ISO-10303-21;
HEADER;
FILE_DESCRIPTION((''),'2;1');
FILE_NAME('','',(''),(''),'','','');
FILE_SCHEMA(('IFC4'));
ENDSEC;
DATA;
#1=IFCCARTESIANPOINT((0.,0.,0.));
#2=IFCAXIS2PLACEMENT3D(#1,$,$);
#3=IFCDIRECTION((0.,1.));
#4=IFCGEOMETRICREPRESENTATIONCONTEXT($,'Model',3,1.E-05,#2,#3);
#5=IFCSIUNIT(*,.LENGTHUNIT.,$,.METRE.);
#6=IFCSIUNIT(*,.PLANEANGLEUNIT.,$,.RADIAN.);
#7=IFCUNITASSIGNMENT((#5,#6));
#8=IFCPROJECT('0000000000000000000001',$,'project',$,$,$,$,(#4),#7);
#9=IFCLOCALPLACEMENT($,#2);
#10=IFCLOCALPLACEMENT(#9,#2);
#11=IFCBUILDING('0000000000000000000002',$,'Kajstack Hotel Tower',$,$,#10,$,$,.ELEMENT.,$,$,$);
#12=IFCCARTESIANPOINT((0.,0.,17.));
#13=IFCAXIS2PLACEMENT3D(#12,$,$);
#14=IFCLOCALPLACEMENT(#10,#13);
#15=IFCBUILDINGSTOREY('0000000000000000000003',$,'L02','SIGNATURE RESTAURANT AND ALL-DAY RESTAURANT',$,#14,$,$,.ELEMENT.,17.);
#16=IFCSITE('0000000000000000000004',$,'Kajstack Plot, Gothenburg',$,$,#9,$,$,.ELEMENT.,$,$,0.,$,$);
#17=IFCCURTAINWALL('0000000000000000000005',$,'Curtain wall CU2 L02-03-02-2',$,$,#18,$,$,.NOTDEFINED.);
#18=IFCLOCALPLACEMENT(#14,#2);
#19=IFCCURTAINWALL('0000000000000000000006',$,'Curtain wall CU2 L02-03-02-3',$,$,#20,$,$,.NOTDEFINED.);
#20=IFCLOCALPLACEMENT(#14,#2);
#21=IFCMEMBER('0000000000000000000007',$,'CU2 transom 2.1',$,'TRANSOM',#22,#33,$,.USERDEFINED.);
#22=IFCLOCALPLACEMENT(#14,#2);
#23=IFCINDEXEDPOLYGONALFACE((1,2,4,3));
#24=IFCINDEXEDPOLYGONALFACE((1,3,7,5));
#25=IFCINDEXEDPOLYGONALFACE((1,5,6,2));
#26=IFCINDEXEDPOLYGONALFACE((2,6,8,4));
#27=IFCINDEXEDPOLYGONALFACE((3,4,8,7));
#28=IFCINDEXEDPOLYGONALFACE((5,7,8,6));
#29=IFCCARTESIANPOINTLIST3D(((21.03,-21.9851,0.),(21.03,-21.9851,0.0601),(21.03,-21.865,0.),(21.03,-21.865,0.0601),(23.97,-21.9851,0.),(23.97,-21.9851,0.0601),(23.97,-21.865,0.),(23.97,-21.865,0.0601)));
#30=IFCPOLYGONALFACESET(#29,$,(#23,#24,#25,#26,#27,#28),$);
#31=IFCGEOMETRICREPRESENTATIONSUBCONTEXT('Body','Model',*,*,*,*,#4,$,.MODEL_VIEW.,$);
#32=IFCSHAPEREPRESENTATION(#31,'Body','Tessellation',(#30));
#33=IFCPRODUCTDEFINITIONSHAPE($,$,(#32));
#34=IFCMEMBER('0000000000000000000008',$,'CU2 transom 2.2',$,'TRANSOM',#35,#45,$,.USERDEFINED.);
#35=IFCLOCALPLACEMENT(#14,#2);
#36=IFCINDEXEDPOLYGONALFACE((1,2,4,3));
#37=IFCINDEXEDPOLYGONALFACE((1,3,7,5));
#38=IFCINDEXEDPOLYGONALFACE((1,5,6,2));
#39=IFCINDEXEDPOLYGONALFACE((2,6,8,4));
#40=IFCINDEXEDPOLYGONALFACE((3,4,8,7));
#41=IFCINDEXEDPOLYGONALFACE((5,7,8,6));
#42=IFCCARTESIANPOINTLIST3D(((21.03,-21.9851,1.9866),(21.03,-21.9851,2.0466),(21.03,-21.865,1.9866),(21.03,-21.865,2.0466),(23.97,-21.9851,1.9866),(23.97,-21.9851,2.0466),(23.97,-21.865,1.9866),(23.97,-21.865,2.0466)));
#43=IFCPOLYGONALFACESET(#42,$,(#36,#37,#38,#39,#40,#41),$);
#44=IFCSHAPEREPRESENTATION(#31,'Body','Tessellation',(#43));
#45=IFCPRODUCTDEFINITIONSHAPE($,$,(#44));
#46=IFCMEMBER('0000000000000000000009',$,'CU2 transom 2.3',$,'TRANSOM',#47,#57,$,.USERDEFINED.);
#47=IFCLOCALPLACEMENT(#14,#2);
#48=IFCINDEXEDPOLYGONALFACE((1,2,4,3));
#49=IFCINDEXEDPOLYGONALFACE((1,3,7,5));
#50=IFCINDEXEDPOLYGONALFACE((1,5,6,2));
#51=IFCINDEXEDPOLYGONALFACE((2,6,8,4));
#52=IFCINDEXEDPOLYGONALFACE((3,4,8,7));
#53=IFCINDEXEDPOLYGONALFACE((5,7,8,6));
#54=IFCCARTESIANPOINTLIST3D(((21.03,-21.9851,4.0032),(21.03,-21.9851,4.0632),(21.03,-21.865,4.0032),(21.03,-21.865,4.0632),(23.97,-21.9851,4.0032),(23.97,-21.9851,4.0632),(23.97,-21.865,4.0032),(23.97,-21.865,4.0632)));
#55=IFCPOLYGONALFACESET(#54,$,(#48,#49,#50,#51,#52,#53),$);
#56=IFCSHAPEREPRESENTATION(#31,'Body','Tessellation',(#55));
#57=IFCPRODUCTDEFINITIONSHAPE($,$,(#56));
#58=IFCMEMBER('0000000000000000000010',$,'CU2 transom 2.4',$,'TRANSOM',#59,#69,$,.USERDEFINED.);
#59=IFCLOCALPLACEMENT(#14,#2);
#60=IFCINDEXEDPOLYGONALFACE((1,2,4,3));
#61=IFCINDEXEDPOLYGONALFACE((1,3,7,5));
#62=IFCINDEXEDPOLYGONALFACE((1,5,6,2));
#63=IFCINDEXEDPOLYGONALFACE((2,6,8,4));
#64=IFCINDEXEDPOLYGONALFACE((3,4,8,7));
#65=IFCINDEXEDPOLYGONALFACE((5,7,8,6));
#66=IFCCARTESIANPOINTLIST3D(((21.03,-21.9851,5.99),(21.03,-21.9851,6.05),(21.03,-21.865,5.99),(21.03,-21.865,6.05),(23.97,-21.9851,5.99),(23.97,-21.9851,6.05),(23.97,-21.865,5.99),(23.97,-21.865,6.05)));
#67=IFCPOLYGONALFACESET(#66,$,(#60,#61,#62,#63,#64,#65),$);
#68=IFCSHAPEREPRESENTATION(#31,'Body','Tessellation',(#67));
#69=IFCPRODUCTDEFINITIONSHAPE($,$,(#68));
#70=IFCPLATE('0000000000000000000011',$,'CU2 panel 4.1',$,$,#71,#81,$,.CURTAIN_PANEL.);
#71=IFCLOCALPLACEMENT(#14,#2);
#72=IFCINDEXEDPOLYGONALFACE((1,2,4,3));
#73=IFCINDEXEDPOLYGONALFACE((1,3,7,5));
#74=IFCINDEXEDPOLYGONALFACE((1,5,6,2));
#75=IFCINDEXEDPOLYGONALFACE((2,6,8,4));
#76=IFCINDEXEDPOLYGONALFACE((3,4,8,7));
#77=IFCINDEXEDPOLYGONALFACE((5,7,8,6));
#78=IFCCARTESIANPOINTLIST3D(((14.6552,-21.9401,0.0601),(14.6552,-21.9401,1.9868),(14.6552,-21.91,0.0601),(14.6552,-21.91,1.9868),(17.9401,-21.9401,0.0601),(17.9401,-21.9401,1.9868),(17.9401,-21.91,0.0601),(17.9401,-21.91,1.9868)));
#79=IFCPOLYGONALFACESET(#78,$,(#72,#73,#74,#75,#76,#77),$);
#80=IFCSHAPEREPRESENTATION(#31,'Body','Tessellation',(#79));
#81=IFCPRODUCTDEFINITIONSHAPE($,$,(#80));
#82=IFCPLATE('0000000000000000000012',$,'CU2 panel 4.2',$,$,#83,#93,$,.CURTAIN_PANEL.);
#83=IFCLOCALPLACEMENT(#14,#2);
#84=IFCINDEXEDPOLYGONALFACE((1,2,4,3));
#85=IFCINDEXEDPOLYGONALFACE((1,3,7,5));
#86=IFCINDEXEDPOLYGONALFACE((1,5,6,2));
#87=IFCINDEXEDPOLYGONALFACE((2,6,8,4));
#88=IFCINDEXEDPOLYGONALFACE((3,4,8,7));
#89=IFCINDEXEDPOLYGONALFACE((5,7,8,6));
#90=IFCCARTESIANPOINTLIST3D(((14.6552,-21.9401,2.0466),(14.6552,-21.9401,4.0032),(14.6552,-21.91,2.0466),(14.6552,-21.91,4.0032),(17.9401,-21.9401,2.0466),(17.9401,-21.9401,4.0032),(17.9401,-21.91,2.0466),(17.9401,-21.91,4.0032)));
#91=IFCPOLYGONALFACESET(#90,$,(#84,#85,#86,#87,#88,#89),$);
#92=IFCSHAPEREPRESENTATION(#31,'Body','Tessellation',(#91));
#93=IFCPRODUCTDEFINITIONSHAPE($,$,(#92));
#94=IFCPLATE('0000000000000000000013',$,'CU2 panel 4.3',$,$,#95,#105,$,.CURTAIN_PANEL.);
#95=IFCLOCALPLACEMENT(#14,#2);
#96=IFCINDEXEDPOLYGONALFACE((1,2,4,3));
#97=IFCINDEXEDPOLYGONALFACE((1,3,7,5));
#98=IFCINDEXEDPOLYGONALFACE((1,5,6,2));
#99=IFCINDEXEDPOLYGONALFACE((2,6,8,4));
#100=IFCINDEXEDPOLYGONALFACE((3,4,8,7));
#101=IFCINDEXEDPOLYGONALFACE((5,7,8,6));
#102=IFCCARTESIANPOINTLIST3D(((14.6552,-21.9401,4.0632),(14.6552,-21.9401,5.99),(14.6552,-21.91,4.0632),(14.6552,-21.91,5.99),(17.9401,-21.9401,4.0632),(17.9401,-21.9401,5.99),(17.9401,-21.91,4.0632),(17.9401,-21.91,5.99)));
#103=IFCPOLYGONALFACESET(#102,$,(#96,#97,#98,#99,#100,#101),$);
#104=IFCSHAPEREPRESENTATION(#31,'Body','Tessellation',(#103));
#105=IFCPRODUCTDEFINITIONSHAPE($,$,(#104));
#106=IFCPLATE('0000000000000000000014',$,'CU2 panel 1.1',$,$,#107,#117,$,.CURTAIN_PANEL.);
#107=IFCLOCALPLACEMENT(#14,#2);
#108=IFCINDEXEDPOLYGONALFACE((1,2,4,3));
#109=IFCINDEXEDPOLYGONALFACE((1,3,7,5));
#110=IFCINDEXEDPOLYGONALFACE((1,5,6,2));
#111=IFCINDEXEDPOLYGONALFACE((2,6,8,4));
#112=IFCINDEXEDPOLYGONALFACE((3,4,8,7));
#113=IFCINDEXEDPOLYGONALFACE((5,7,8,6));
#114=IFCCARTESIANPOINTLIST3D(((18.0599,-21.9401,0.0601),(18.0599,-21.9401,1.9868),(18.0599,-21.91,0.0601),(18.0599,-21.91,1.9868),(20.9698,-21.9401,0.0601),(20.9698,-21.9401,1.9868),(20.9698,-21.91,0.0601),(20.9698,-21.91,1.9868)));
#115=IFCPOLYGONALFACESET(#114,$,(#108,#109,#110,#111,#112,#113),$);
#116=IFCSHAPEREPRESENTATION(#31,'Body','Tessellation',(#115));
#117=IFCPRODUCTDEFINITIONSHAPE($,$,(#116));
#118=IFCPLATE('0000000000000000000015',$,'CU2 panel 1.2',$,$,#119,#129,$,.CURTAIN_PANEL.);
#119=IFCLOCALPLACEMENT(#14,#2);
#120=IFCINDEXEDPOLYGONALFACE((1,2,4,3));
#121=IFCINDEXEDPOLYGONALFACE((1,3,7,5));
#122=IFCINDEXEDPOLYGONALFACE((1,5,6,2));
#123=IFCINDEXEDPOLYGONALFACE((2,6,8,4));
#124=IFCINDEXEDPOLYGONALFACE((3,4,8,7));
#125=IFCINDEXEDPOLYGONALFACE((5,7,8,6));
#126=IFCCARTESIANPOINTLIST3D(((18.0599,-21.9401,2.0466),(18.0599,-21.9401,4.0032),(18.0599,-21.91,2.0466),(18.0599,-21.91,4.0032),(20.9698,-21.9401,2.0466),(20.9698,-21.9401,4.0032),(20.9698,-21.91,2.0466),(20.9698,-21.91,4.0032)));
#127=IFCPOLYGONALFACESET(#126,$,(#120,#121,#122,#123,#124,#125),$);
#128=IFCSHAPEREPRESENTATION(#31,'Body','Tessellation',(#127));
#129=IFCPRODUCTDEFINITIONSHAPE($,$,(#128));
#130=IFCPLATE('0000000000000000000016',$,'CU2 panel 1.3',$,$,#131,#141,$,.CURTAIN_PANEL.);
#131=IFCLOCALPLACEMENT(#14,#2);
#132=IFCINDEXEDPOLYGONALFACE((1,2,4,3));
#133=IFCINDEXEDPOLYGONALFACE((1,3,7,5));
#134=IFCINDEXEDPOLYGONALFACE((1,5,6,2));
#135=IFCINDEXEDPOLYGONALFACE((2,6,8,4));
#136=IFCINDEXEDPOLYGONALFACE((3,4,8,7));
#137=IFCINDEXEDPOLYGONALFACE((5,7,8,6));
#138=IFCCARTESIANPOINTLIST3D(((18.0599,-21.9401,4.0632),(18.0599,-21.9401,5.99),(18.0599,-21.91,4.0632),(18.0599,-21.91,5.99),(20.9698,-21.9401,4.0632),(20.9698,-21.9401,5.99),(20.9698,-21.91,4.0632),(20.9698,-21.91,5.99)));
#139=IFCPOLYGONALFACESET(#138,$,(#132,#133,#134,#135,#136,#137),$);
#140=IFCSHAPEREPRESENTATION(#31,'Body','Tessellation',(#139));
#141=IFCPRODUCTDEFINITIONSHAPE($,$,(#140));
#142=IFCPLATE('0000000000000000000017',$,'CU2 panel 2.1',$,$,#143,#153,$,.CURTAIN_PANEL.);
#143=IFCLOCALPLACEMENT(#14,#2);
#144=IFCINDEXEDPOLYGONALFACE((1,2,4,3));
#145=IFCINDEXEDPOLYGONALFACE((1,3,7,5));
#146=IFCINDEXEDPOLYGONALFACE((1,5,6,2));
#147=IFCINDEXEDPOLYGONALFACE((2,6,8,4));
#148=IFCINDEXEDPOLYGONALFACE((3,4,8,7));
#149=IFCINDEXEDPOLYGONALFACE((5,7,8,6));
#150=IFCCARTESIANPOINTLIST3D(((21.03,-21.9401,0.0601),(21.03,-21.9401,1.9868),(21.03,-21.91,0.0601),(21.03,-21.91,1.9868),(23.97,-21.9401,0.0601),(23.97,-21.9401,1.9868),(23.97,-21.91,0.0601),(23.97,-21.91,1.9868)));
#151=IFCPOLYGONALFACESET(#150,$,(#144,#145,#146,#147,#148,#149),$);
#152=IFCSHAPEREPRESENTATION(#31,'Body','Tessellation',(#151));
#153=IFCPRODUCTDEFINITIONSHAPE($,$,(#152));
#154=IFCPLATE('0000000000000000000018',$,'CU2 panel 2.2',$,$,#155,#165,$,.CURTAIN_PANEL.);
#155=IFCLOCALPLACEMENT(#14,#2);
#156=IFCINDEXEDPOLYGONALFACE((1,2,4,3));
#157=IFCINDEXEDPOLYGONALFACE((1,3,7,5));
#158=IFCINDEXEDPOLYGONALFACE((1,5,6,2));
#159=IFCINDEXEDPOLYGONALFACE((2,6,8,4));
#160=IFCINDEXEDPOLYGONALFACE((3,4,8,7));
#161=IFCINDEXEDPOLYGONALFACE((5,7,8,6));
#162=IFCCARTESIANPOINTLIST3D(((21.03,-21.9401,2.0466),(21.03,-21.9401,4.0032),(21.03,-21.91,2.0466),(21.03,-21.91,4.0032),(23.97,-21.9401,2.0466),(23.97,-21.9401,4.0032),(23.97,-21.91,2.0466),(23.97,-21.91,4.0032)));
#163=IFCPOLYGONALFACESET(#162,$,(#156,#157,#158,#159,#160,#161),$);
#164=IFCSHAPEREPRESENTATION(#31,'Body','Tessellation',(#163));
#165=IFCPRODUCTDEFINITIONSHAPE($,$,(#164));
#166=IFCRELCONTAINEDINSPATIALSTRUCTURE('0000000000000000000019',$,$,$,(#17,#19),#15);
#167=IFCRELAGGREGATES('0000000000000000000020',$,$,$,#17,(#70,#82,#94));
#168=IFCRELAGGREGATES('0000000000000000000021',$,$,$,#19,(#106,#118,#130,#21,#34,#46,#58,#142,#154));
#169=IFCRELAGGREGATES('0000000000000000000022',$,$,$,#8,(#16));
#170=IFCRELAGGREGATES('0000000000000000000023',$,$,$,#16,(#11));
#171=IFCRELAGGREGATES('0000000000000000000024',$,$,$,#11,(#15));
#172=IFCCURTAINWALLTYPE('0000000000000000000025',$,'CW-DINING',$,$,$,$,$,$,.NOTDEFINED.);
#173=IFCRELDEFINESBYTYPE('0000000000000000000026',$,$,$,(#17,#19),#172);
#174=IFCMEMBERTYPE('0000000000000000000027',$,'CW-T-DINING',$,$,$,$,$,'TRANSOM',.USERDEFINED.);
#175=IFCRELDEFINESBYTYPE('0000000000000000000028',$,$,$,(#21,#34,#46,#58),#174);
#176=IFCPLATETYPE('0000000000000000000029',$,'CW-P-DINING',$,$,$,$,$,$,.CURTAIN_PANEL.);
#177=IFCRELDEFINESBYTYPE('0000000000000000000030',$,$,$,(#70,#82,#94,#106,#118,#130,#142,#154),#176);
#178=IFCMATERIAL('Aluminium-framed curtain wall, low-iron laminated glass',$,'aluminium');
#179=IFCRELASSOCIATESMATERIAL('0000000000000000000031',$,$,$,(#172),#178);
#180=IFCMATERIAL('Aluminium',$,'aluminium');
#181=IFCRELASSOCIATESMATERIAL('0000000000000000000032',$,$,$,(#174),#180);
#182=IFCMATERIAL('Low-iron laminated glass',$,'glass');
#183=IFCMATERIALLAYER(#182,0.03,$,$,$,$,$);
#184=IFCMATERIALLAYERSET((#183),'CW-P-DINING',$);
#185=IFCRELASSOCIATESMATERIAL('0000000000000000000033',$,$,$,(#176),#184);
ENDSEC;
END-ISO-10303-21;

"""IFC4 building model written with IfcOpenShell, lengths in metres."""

from ifc_helpers import new_model, si_unit, direction, frame, origin, origin_2d, place, context, subcontext, project, spatial, rectangle, extrude, material, layer, layer_set, material_profile, profile_set, type_object, element, aggregate, save


model = new_model("IFC4")

# Units and contexts
model_context = context("Model", 3, precision=1e-05, world=origin(), true_north=direction((0.0, 1.0)))
body_context = subcontext(model_context, "Body", "Model", "MODEL_VIEW")
ifc_project = project(units=[si_unit("LENGTHUNIT", "METRE"), si_unit("PLANEANGLEUNIT", "RADIAN")], contexts=[model_context])

# Site, building, storey
site_placement = place(None, origin())
site = spatial("IfcSite", under=ifc_project, at=site_placement, Name="Kajstack Plot, Gothenburg", CompositionType="ELEMENT", RefElevation=0.0)
building_placement = place(site_placement, origin())
building = spatial("IfcBuilding", under=site, at=building_placement, Name="Kajstack Hotel Tower", CompositionType="ELEMENT")
storey_placement = place(building_placement, frame((0.0, 0.0, 17.0)))
storey = spatial("IfcBuildingStorey", under=building, at=storey_placement, Name="L02", Description="SIGNATURE RESTAURANT AND ALL-DAY RESTAURANT", CompositionType="ELEMENT", Elevation=17.0)

# Curtain walls
ifc_material_1 = material(Name="Aluminium-framed curtain wall, low-iron laminated glass", Category="aluminium")
curtain_wall_type = type_object("IfcCurtainWallType", Name="CW-DINING", PredefinedType="NOTDEFINED", material=ifc_material_1)
curtain_wall_1_placement = place(storey_placement, origin())
curtain_wall_1 = element("IfcCurtainWall", 1, at=curtain_wall_1_placement, inside=storey, type_object=curtain_wall_type, Name="Curtain wall CU2 L02-03-02-2", PredefinedType="NOTDEFINED")
ifc_material_2 = material(Name="Aluminium", Category="aluminium")
curtain_wall_2_placement = place(storey_placement, origin())
curtain_wall_2 = element("IfcCurtainWall", 2, at=curtain_wall_2_placement, inside=storey, type_object=curtain_wall_type, Name="Curtain wall CU2 L02-03-02-3", PredefinedType="NOTDEFINED")

# Members
ifc_material_profile_1 = material_profile(ifc_material_2, rectangle(XDim=0.1201, YDim=0.0601, at=origin_2d()), Name="Aluminium transom 120 x 60")
ifc_profile_set_1 = profile_set([ifc_material_profile_1], Name="Aluminium")
member_type_1 = type_object("IfcMemberType", Name="CW-T-DINING", ElementType="TRANSOM", PredefinedType="USERDEFINED", material=ifc_profile_set_1)
member_1_placement = place(storey_placement, frame((21.03, -21.925, 0.03), z_axis=(1.0, 0.0, 0.0), x_axis=(0.0, 1.0, 0.0)))
member_1 = element("IfcMember", 3, at=member_1_placement, type_object=member_type_1, Name="CU2 transom 2.1", ObjectType="TRANSOM", PredefinedType="USERDEFINED", context=body_context, shape_type="SweptSolid", body=[
    extrude(rectangle(XDim=0.1201, YDim=0.0601, at=origin_2d()), origin(), (0.0, 0.0, 1.0), 2.9399),
])
member_2_placement = place(storey_placement, frame((21.03, -21.925, 2.0166), z_axis=(1.0, 0.0, 0.0), x_axis=(0.0, 1.0, 0.0)))
member_2 = element("IfcMember", 4, at=member_2_placement, type_object=member_type_1, Name="CU2 transom 2.2", ObjectType="TRANSOM", PredefinedType="USERDEFINED", context=body_context, shape_type="SweptSolid", body=[
    extrude(rectangle(XDim=0.1201, YDim=0.0601, at=origin_2d()), origin(), (0.0, 0.0, 1.0), 2.9399),
])
member_3_placement = place(storey_placement, frame((21.03, -21.925, 4.0332), z_axis=(1.0, 0.0, 0.0), x_axis=(0.0, 1.0, 0.0)))
member_3 = element("IfcMember", 5, at=member_3_placement, type_object=member_type_1, Name="CU2 transom 2.3", ObjectType="TRANSOM", PredefinedType="USERDEFINED", context=body_context, shape_type="SweptSolid", body=[
    extrude(rectangle(XDim=0.1201, YDim=0.0601, at=origin_2d()), origin(), (0.0, 0.0, 1.0), 2.9399),
])
member_4_placement = place(storey_placement, frame((21.03, -21.925, 6.02), z_axis=(1.0, 0.0, 0.0), x_axis=(0.0, 1.0, 0.0)))
member_4 = element("IfcMember", 6, at=member_4_placement, type_object=member_type_1, Name="CU2 transom 2.4", ObjectType="TRANSOM", PredefinedType="USERDEFINED", context=body_context, shape_type="SweptSolid", body=[
    extrude(rectangle(XDim=0.1201, YDim=0.0601, at=origin_2d()), origin(), (0.0, 0.0, 1.0), 2.9399),
])

# Plates
ifc_material_3 = material(Name="Low-iron laminated glass", Category="glass")
ifc_layer = layer(ifc_material_3, 0.03)
ifc_layer_set = layer_set([ifc_layer], Name="CW-P-DINING")
plate_type = type_object("IfcPlateType", Name="CW-P-DINING", PredefinedType="CURTAIN_PANEL", material=ifc_layer_set)
plate_1_placement = place(storey_placement, frame((16.2976, -21.925, 0.0601), z_axis=(0.0, 0.0, 1.0), x_axis=(1.0, 0.0, 0.0)))
plate_1 = element("IfcPlate", 7, at=plate_1_placement, type_object=plate_type, Name="CU2 panel 4.1", PredefinedType="CURTAIN_PANEL", context=body_context, shape_type="SweptSolid", body=[
    extrude(rectangle(XDim=3.2849, YDim=0.03, at=origin_2d()), origin(), (0.0, 0.0, 1.0), 1.9268),
])
plate_2_placement = place(storey_placement, frame((16.2976, -21.925, 2.0466), z_axis=(0.0, 0.0, 1.0), x_axis=(1.0, 0.0, 0.0)))
plate_2 = element("IfcPlate", 8, at=plate_2_placement, type_object=plate_type, Name="CU2 panel 4.2", PredefinedType="CURTAIN_PANEL", context=body_context, shape_type="SweptSolid", body=[
    extrude(rectangle(XDim=3.2849, YDim=0.03, at=origin_2d()), origin(), (0.0, 0.0, 1.0), 1.9565),
])
plate_3_placement = place(storey_placement, frame((16.2976, -21.925, 4.0632), z_axis=(0.0, 0.0, 1.0), x_axis=(1.0, 0.0, 0.0)))
plate_3 = element("IfcPlate", 9, at=plate_3_placement, type_object=plate_type, Name="CU2 panel 4.3", PredefinedType="CURTAIN_PANEL", context=body_context, shape_type="SweptSolid", body=[
    extrude(rectangle(XDim=3.2849, YDim=0.03, at=origin_2d()), origin(), (0.0, 0.0, 1.0), 1.9268),
])
aggregate(curtain_wall_1, [plate_1, plate_2, plate_3])
plate_4_placement = place(storey_placement, frame((19.5149, -21.925, 0.0601), z_axis=(0.0, 0.0, 1.0), x_axis=(1.0, 0.0, 0.0)))
plate_4 = element("IfcPlate", 10, at=plate_4_placement, type_object=plate_type, Name="CU2 panel 1.1", PredefinedType="CURTAIN_PANEL", context=body_context, shape_type="SweptSolid", body=[
    extrude(rectangle(XDim=2.9099, YDim=0.03, at=origin_2d()), origin(), (0.0, 0.0, 1.0), 1.9268),
])
plate_5_placement = place(storey_placement, frame((19.5149, -21.925, 2.0466), z_axis=(0.0, 0.0, 1.0), x_axis=(1.0, 0.0, 0.0)))
plate_5 = element("IfcPlate", 11, at=plate_5_placement, type_object=plate_type, Name="CU2 panel 1.2", PredefinedType="CURTAIN_PANEL", context=body_context, shape_type="SweptSolid", body=[
    extrude(rectangle(XDim=2.9099, YDim=0.03, at=origin_2d()), origin(), (0.0, 0.0, 1.0), 1.9565),
])
plate_6_placement = place(storey_placement, frame((19.5149, -21.925, 4.0632), z_axis=(0.0, 0.0, 1.0), x_axis=(1.0, 0.0, 0.0)))
plate_6 = element("IfcPlate", 12, at=plate_6_placement, type_object=plate_type, Name="CU2 panel 1.3", PredefinedType="CURTAIN_PANEL", context=body_context, shape_type="SweptSolid", body=[
    extrude(rectangle(XDim=2.9099, YDim=0.03, at=origin_2d()), origin(), (0.0, 0.0, 1.0), 1.9268),
])
plate_7_placement = place(storey_placement, frame((22.5, -21.925, 0.0601), z_axis=(0.0, 0.0, 1.0), x_axis=(1.0, 0.0, 0.0)))
plate_7 = element("IfcPlate", 13, at=plate_7_placement, type_object=plate_type, Name="CU2 panel 2.1", PredefinedType="CURTAIN_PANEL", context=body_context, shape_type="SweptSolid", body=[
    extrude(rectangle(XDim=2.9399, YDim=0.03, at=origin_2d()), origin(), (0.0, 0.0, 1.0), 1.9268),
])
plate_8_placement = place(storey_placement, frame((22.5, -21.925, 2.0466), z_axis=(0.0, 0.0, 1.0), x_axis=(1.0, 0.0, 0.0)))
plate_8 = element("IfcPlate", 14, at=plate_8_placement, type_object=plate_type, Name="CU2 panel 2.2", PredefinedType="CURTAIN_PANEL", context=body_context, shape_type="SweptSolid", body=[
    extrude(rectangle(XDim=2.9399, YDim=0.03, at=origin_2d()), origin(), (0.0, 0.0, 1.0), 1.9565),
])
aggregate(curtain_wall_2, [plate_4, plate_5, plate_6, member_1, member_2, member_3, member_4, plate_7, plate_8])

save(model, "model.ifc")
